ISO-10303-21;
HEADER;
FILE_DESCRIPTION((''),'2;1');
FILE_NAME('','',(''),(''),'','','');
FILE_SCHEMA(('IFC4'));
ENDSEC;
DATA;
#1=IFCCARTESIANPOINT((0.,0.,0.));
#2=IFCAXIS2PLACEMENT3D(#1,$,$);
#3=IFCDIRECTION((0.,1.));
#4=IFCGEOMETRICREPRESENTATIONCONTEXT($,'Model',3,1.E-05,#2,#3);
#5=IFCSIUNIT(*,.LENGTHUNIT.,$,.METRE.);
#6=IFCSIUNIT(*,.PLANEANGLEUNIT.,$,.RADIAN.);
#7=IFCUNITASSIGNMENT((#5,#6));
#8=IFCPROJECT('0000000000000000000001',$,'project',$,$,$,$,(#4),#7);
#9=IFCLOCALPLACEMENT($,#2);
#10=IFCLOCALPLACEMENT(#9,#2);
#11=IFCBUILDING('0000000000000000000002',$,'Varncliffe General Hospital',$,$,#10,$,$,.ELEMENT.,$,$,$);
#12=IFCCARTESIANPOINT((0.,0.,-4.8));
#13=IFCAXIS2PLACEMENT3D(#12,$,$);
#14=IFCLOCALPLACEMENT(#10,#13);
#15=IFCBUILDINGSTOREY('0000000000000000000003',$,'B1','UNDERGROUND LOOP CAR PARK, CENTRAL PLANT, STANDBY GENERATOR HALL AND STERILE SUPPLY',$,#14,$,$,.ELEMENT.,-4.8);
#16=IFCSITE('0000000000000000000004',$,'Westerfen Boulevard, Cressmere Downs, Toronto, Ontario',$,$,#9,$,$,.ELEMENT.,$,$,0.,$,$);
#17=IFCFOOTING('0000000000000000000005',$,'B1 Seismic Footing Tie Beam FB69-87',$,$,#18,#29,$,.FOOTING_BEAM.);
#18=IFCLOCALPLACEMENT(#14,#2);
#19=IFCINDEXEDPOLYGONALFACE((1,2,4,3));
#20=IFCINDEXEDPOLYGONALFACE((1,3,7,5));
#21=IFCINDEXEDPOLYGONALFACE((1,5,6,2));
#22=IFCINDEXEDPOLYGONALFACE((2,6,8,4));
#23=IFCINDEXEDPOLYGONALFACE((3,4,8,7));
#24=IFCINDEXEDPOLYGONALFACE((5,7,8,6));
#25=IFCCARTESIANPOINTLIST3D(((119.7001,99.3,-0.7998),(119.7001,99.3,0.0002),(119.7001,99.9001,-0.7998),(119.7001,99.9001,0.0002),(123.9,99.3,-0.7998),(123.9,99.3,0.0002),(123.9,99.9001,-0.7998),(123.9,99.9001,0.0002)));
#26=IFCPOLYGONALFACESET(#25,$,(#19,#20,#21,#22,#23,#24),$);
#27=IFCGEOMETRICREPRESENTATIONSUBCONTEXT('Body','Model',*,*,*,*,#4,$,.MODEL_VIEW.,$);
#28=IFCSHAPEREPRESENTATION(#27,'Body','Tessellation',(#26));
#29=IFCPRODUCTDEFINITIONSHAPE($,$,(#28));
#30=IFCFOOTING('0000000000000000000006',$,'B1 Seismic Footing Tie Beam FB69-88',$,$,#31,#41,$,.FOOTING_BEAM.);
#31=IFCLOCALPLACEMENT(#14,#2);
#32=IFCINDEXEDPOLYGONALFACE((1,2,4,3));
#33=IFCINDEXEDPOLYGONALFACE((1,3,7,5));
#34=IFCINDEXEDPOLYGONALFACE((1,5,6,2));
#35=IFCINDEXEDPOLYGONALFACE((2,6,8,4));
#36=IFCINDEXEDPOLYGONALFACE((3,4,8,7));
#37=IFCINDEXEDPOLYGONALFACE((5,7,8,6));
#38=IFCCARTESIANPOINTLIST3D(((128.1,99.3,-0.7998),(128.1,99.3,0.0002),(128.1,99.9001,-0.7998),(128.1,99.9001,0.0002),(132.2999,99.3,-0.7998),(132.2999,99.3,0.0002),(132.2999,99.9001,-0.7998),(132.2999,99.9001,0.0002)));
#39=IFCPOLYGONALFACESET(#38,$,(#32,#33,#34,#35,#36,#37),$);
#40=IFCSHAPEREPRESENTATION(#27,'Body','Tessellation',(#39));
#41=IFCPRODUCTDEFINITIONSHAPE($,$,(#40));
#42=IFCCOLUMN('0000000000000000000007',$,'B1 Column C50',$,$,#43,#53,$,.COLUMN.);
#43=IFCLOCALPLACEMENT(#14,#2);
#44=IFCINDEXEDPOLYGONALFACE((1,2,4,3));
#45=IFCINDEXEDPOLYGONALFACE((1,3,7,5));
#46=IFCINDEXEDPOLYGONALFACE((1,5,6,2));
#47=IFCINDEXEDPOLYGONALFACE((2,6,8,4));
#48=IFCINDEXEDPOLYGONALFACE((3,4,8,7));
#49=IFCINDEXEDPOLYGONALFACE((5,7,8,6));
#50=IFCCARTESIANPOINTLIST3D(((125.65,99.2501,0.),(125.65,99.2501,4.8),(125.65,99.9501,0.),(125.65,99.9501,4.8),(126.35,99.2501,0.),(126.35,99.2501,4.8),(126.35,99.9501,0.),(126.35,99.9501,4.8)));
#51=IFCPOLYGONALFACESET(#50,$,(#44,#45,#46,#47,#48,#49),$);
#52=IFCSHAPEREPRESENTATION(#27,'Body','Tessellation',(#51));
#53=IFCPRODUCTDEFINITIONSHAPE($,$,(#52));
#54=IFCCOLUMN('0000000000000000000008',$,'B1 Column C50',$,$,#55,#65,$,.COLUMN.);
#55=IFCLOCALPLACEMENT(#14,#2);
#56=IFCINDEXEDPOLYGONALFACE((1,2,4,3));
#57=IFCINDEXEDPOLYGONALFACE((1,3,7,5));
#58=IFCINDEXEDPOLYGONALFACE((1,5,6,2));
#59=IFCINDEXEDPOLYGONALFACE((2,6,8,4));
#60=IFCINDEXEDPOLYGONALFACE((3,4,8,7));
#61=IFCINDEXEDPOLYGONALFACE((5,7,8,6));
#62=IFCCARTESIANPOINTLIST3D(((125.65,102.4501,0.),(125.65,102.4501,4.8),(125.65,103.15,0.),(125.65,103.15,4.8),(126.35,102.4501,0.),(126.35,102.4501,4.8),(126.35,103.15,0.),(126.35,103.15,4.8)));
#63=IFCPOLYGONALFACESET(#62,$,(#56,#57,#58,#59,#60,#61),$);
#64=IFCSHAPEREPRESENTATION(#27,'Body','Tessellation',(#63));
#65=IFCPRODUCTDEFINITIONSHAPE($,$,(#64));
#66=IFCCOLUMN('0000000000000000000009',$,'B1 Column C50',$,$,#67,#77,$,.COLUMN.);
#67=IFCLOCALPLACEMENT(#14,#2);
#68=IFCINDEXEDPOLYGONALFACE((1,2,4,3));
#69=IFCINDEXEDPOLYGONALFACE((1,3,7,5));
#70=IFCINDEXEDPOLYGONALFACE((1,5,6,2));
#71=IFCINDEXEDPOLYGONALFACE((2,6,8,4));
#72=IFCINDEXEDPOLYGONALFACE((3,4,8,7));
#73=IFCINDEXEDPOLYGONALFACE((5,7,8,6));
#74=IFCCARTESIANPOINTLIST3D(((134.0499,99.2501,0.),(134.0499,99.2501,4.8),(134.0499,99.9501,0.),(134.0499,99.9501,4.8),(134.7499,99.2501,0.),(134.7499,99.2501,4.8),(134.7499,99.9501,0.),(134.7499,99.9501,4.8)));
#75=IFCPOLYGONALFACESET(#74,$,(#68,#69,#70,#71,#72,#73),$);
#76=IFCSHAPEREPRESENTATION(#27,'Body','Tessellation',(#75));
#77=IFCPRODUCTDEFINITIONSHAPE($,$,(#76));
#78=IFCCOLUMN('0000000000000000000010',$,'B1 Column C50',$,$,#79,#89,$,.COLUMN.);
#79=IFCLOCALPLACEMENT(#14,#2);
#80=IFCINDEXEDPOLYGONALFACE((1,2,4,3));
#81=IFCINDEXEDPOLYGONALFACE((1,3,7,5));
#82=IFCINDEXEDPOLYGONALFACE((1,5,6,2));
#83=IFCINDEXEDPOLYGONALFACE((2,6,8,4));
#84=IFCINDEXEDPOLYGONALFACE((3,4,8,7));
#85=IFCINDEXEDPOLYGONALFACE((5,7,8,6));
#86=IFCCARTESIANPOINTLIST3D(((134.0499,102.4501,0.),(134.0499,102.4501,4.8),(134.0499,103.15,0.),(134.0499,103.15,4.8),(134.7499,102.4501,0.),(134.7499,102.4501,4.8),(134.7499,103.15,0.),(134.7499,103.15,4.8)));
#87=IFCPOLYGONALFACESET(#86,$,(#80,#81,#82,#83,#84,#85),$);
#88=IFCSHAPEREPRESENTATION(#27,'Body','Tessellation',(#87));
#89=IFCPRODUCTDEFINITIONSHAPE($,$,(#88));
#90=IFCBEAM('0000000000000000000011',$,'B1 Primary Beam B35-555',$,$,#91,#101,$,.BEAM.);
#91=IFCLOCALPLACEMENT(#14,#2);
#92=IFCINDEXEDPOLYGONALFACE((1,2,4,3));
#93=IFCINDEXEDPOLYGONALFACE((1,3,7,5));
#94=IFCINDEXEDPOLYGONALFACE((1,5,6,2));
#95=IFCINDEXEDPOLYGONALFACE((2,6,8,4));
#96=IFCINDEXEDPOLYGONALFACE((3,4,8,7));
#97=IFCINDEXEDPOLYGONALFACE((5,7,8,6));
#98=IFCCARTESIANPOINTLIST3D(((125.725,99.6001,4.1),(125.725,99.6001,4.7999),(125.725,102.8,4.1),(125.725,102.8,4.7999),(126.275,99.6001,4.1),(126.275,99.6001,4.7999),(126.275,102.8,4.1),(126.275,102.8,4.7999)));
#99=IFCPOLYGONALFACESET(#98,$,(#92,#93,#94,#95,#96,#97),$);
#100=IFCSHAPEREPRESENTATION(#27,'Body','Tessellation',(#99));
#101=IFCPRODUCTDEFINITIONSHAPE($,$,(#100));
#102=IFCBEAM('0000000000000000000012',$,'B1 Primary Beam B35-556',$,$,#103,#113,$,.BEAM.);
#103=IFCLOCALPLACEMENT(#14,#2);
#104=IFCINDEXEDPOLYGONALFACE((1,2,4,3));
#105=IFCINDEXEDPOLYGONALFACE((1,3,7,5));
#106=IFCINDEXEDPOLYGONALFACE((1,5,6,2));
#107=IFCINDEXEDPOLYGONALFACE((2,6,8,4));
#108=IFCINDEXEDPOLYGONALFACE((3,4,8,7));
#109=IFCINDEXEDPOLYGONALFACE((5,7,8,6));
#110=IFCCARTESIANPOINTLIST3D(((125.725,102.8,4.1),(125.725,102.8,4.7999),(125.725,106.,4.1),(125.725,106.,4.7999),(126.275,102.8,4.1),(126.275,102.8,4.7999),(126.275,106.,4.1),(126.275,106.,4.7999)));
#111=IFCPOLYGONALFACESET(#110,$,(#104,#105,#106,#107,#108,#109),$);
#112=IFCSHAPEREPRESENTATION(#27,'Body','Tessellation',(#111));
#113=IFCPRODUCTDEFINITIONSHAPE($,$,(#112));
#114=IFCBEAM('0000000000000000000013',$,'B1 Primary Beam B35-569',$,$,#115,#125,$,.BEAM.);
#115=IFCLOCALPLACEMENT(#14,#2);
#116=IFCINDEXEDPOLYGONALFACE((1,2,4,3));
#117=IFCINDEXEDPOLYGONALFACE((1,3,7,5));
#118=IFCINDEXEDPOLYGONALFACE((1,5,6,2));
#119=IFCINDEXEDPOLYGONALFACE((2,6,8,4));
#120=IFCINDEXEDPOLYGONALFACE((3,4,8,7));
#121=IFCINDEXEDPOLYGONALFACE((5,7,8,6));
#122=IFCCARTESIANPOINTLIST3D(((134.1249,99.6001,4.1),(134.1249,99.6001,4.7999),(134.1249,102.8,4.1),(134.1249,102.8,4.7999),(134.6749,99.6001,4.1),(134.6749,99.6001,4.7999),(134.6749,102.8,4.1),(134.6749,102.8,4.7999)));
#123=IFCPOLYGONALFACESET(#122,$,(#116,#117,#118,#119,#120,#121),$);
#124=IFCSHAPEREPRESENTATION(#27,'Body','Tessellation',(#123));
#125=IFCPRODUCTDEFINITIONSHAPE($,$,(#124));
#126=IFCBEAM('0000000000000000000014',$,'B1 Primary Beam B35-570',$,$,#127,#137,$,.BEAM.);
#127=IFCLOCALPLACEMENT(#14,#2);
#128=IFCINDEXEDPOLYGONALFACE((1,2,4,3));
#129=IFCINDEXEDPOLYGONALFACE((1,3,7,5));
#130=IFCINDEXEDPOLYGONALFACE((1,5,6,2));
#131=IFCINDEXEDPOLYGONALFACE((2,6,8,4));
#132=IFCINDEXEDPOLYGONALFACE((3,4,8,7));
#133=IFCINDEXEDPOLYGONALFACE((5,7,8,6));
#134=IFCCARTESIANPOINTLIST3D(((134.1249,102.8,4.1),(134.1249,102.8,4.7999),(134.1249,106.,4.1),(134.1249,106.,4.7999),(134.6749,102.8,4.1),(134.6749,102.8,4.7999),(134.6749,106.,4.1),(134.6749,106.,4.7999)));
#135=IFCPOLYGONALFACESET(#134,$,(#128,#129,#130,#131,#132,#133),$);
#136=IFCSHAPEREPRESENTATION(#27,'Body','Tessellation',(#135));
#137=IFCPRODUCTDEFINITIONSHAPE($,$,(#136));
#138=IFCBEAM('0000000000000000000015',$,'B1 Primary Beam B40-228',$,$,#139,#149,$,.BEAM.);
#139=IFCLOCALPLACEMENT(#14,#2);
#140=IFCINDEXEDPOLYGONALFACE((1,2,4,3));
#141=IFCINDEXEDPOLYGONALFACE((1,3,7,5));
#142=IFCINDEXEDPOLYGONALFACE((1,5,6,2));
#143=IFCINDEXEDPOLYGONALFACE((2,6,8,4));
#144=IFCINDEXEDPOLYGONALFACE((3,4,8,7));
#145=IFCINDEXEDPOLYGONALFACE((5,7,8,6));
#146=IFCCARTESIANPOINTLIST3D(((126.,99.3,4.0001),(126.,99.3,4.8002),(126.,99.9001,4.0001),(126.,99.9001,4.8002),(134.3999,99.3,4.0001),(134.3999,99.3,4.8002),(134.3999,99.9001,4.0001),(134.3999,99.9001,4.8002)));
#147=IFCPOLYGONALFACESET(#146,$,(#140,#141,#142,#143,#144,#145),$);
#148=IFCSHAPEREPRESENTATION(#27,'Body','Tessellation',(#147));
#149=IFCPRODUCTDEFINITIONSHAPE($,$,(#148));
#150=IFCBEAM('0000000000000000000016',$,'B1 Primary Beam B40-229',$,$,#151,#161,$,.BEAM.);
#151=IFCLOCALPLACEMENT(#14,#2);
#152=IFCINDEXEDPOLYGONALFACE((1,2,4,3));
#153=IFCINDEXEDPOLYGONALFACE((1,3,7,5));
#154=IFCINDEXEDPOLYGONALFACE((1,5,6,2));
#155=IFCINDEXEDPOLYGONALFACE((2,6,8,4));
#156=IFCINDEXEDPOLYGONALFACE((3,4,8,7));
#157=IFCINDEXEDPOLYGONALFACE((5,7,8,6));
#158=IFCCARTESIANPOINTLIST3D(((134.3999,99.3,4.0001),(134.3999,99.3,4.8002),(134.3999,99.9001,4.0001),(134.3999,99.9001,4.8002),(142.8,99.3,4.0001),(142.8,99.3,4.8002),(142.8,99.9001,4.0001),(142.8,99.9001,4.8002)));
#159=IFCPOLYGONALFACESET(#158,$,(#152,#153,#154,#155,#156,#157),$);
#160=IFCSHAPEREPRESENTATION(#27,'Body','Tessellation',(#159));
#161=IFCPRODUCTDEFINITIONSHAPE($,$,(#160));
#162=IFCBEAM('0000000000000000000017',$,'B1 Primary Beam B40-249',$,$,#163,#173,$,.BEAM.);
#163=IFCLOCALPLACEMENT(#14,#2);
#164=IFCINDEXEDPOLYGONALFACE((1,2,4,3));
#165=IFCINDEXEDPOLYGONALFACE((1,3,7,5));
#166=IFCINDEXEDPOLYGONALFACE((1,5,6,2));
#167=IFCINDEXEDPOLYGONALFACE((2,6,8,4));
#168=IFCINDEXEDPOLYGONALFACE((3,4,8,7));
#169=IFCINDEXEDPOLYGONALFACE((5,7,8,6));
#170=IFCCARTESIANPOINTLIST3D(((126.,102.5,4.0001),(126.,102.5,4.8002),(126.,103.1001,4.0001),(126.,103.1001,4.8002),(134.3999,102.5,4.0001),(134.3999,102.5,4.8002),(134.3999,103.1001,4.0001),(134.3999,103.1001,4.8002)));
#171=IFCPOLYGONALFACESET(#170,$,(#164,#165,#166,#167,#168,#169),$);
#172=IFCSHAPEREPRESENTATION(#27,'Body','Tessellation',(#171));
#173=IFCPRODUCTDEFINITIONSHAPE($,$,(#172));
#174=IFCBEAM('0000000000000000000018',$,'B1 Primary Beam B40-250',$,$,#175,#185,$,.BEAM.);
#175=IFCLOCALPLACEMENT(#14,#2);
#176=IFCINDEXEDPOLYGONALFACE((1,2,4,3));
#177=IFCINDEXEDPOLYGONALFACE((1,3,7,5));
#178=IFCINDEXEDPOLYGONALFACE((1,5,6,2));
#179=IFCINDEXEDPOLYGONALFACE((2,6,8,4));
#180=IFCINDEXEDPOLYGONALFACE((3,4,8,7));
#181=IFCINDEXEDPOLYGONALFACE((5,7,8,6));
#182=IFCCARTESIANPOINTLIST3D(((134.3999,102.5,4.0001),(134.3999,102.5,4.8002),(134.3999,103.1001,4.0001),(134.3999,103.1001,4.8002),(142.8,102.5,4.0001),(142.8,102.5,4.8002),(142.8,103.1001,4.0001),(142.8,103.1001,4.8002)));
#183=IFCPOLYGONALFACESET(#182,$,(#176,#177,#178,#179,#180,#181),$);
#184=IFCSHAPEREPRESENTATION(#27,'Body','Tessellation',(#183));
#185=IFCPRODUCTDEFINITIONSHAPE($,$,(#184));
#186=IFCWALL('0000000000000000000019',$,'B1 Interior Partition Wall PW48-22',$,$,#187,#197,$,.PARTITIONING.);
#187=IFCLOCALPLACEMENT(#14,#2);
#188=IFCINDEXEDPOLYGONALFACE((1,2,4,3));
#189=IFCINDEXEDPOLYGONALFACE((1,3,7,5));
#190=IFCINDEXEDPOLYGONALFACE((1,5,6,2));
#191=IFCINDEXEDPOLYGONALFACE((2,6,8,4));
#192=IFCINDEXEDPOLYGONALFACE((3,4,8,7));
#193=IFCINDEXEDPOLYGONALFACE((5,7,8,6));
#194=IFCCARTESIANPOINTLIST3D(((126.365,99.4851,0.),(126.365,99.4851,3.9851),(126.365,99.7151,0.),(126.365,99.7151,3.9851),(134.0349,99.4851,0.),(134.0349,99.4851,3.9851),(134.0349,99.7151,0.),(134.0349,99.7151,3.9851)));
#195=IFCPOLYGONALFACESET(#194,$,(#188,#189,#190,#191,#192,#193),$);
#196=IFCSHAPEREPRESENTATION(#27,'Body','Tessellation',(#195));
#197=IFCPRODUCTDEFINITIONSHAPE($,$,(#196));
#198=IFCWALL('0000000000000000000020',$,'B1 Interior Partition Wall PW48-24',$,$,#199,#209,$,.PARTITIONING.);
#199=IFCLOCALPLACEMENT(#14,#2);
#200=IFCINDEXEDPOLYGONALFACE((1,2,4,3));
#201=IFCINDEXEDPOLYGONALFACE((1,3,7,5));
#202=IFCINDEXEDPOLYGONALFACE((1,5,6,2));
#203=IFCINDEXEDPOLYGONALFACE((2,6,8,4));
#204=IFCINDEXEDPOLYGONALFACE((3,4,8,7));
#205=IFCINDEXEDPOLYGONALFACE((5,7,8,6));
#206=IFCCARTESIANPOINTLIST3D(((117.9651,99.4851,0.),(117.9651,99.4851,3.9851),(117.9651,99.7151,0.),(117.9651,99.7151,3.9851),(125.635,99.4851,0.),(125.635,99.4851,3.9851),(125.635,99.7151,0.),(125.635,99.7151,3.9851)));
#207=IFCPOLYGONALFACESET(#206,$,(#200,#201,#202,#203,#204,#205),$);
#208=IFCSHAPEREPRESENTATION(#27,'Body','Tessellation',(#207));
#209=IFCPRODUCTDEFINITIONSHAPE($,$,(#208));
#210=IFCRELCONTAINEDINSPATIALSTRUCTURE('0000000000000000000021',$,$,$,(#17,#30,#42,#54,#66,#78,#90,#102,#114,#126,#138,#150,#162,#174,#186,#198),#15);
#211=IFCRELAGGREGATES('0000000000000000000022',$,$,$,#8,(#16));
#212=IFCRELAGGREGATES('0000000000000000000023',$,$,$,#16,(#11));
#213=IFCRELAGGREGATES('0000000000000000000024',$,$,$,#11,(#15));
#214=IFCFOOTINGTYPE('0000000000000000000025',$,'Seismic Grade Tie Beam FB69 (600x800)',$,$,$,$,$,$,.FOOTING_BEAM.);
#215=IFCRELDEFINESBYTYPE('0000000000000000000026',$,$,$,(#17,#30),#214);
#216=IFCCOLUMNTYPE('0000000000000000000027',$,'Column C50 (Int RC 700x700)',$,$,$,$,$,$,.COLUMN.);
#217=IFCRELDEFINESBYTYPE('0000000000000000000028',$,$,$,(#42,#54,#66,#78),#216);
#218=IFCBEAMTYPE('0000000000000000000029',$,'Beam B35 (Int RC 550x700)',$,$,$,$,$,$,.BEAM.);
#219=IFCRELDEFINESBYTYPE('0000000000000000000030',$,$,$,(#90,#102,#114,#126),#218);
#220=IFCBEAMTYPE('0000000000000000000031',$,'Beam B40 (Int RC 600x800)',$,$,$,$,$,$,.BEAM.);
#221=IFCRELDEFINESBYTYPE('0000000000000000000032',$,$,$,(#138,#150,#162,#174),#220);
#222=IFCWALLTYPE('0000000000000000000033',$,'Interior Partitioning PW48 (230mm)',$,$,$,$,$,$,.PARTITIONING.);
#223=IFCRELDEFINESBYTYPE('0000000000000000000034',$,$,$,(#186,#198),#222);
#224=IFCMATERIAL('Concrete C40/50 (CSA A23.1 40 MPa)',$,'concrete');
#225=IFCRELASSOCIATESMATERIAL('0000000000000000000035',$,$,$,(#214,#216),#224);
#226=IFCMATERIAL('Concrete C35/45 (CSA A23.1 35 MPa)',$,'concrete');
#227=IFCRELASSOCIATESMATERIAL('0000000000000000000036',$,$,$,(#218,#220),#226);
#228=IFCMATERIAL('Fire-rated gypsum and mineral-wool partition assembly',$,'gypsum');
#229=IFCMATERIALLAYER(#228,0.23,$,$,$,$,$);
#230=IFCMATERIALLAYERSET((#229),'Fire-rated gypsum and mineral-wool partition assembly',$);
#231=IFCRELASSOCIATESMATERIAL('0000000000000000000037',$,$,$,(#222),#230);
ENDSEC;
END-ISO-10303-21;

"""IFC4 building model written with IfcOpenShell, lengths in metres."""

from ifc_helpers import new_model, si_unit, direction, frame, frame_2d, origin, origin_2d, place, context, subcontext, project, spatial, rectangle, extrude, material, layer, layer_set, material_profile, profile_set, type_object, element, save


model = new_model("IFC4")

# Units and contexts
model_context = context("Model", 3, precision=1e-05, world=origin(), true_north=direction((0.0, 1.0)))
body_context = subcontext(model_context, "Body", "Model", "MODEL_VIEW")
ifc_project = project(units=[si_unit("LENGTHUNIT", "METRE"), si_unit("PLANEANGLEUNIT", "RADIAN")], contexts=[model_context])

# Site, building, storey
site_placement = place(None, origin())
site = spatial("IfcSite", under=ifc_project, at=site_placement, Name="Westerfen Boulevard, Cressmere Downs, Toronto, Ontario", CompositionType="ELEMENT", RefElevation=0.0)
building_placement = place(site_placement, origin())
building = spatial("IfcBuilding", under=site, at=building_placement, Name="Varncliffe General Hospital", CompositionType="ELEMENT")
storey_placement = place(building_placement, frame((0.0, 0.0, -4.8)))
storey = spatial("IfcBuildingStorey", under=building, at=storey_placement, Name="B1", Description="UNDERGROUND LOOP CAR PARK, CENTRAL PLANT, STANDBY GENERATOR HALL AND STERILE SUPPLY", CompositionType="ELEMENT", Elevation=-4.8)

# Shared definitions
ifc_material_1 = material(Name="Concrete C40/50 (CSA A23.1 40 MPa)", Category="concrete")

# Footings
footing_type_1 = type_object("IfcFootingType", Name="Seismic Grade Tie Beam FB69 (600x800)", PredefinedType="FOOTING_BEAM", material=ifc_material_1)
for number, where, z_axis, x_axis, name in (
    (1, (121.8, 99.6001, -0.7998), (0.0, 0.0, 1.0), (1.0, 0.0, 0.0), "B1 Seismic Footing Tie Beam FB69-87"),
    (2, (130.2, 99.6001, -0.7998), (0.0, 0.0, 1.0), (1.0, 0.0, 0.0), "B1 Seismic Footing Tie Beam FB69-88"),
):
    element("IfcFooting", number, at=place(storey_placement, frame(where, z_axis=z_axis, x_axis=x_axis)), inside=storey, type_object=footing_type_1, Name=name, PredefinedType="FOOTING_BEAM", context=body_context, shape_type="SweptSolid", body=[
        extrude(rectangle(XDim=4.2, YDim=0.6001, at=origin_2d()), origin(), (0.0, 0.0, 1.0), 0.8),
    ])

# Columns
ifc_material_profile_1 = material_profile(ifc_material_1, rectangle(XDim=0.7, YDim=0.7, at=origin_2d()), Name="RC 700x700")
ifc_profile_set_1 = profile_set([ifc_material_profile_1], Name="Concrete C40/50 (CSA A23.1 40 MPa)")
column_type = type_object("IfcColumnType", Name="Column C50 (Int RC 700x700)", PredefinedType="COLUMN", material=ifc_profile_set_1)
for number, where, z_axis, x_axis, name in (
    (3, (126.0, 99.6001, 0.0), (0.0, 0.0, 1.0), (1.0, 0.0, 0.0), "B1 Column C50"),
    (4, (126.0, 102.8, 0.0), (0.0, 0.0, 1.0), (1.0, 0.0, 0.0), "B1 Column C50"),
    (5, (134.3999, 99.6001, 0.0), (0.0, 0.0, 1.0), (1.0, 0.0, 0.0), "B1 Column C50"),
    (6, (134.3999, 102.8, 0.0), (0.0, 0.0, 1.0), (1.0, 0.0, 0.0), "B1 Column C50"),
):
    element("IfcColumn", number, at=place(storey_placement, frame(where, z_axis=z_axis, x_axis=x_axis)), inside=storey, type_object=column_type, Name=name, PredefinedType="COLUMN", context=body_context, shape_type="SweptSolid", body=[
        extrude(rectangle(XDim=0.7, YDim=0.7, at=origin_2d()), origin(), (0.0, 0.0, 1.0), 4.8),
    ])

# Beams
ifc_material_2 = material(Name="Concrete C35/45 (CSA A23.1 35 MPa)", Category="concrete")
ifc_material_profile_2 = material_profile(ifc_material_2, rectangle(XDim=0.55, YDim=0.7, at=origin_2d()), Name="RC 550x700")
ifc_profile_set_2 = profile_set([ifc_material_profile_2], Name="Concrete C35/45 (CSA A23.1 35 MPa)")
beam_type_1 = type_object("IfcBeamType", Name="Beam B35 (Int RC 550x700)", PredefinedType="BEAM", material=ifc_profile_set_2)
for number, where, z_axis, x_axis, name in (
    (7, (126.0, 99.6001, 4.45), (0.0, 1.0, 0.0), (-1.0, 0.0, 0.0), "B1 Primary Beam B35-555"),
    (8, (126.0, 102.8, 4.45), (0.0, 1.0, 0.0), (-1.0, 0.0, 0.0), "B1 Primary Beam B35-556"),
    (9, (134.3999, 99.6001, 4.45), (0.0, 1.0, 0.0), (-1.0, 0.0, 0.0), "B1 Primary Beam B35-569"),
    (10, (134.3999, 102.8, 4.45), (0.0, 1.0, 0.0), (-1.0, 0.0, 0.0), "B1 Primary Beam B35-570"),
):
    element("IfcBeam", number, at=place(storey_placement, frame(where, z_axis=z_axis, x_axis=x_axis)), inside=storey, type_object=beam_type_1, Name=name, PredefinedType="BEAM", context=body_context, shape_type="SweptSolid", body=[
        extrude(rectangle(XDim=0.55, YDim=0.7, at=origin_2d()), origin(), (0.0, 0.0, 1.0), 3.2),
    ])
ifc_material_profile_3 = material_profile(ifc_material_2, rectangle(XDim=0.6001, YDim=0.8, at=origin_2d()), Name="RC 600x800")
ifc_profile_set_3 = profile_set([ifc_material_profile_3], Name="Concrete C35/45 (CSA A23.1 35 MPa)")
beam_type_2 = type_object("IfcBeamType", Name="Beam B40 (Int RC 600x800)", PredefinedType="BEAM", material=ifc_profile_set_3)
beam_1_placement = place(storey_placement, frame((126.0, 99.6001, 4.4001), z_axis=(1.0, 0.0, 0.0), x_axis=(0.0, 1.0, 0.0)))
element("IfcBeam", 11, at=beam_1_placement, inside=storey, type_object=beam_type_2, Name="B1 Primary Beam B40-228", PredefinedType="BEAM", context=body_context, shape_type="SweptSolid", body=[
    extrude(rectangle(XDim=0.6001, YDim=0.8, at=origin_2d()), origin(), (0.0, 0.0, 1.0), 8.3999),
])
beam_2_placement = place(storey_placement, frame((134.3999, 99.6001, 4.4001), z_axis=(1.0, 0.0, 0.0), x_axis=(0.0, 1.0, 0.0)))
element("IfcBeam", 12, at=beam_2_placement, inside=storey, type_object=beam_type_2, Name="B1 Primary Beam B40-229", PredefinedType="BEAM", context=body_context, shape_type="SweptSolid", body=[
    extrude(rectangle(XDim=0.6001, YDim=0.8, at=origin_2d()), origin(), (0.0, 0.0, 1.0), 8.4001),
])
beam_3_placement = place(storey_placement, frame((126.0, 102.8, 4.4001), z_axis=(1.0, 0.0, 0.0), x_axis=(0.0, 1.0, 0.0)))
element("IfcBeam", 13, at=beam_3_placement, inside=storey, type_object=beam_type_2, Name="B1 Primary Beam B40-249", PredefinedType="BEAM", context=body_context, shape_type="SweptSolid", body=[
    extrude(rectangle(XDim=0.6001, YDim=0.8, at=origin_2d()), origin(), (0.0, 0.0, 1.0), 8.3999),
])
beam_4_placement = place(storey_placement, frame((134.3999, 102.8, 4.4001), z_axis=(1.0, 0.0, 0.0), x_axis=(0.0, 1.0, 0.0)))
element("IfcBeam", 14, at=beam_4_placement, inside=storey, type_object=beam_type_2, Name="B1 Primary Beam B40-250", PredefinedType="BEAM", context=body_context, shape_type="SweptSolid", body=[
    extrude(rectangle(XDim=0.6001, YDim=0.8, at=origin_2d()), origin(), (0.0, 0.0, 1.0), 8.4001),
])

# Walls
ifc_material_3 = material(Name="Fire-rated gypsum and mineral-wool partition assembly", Category="gypsum")
ifc_layer = layer(ifc_material_3, 0.23)
ifc_layer_set = layer_set([ifc_layer], Name="Fire-rated gypsum and mineral-wool partition assembly")
wall_type = type_object("IfcWallType", Name="Interior Partitioning PW48 (230mm)", PredefinedType="PARTITIONING", material=ifc_layer_set)
for number, where, z_axis, x_axis, name in (
    (15, (126.365, 99.6001, 0.0), (0.0, 0.0, 1.0), (1.0, 0.0, 0.0), "B1 Interior Partition Wall PW48-22"),
    (16, (117.9651, 99.6001, 0.0), (0.0, 0.0, 1.0), (1.0, 0.0, 0.0), "B1 Interior Partition Wall PW48-24"),
):
    element("IfcWall", number, at=place(storey_placement, frame(where, z_axis=z_axis, x_axis=x_axis)), inside=storey, type_object=wall_type, Name=name, PredefinedType="PARTITIONING", context=body_context, shape_type="SweptSolid", body=[
        extrude(rectangle(XDim=7.6699, YDim=0.23, at=frame_2d((3.835, 0.0))), origin(), (0.0, 0.0, 1.0), 3.9851),
    ])

save(model, "model.ifc")
